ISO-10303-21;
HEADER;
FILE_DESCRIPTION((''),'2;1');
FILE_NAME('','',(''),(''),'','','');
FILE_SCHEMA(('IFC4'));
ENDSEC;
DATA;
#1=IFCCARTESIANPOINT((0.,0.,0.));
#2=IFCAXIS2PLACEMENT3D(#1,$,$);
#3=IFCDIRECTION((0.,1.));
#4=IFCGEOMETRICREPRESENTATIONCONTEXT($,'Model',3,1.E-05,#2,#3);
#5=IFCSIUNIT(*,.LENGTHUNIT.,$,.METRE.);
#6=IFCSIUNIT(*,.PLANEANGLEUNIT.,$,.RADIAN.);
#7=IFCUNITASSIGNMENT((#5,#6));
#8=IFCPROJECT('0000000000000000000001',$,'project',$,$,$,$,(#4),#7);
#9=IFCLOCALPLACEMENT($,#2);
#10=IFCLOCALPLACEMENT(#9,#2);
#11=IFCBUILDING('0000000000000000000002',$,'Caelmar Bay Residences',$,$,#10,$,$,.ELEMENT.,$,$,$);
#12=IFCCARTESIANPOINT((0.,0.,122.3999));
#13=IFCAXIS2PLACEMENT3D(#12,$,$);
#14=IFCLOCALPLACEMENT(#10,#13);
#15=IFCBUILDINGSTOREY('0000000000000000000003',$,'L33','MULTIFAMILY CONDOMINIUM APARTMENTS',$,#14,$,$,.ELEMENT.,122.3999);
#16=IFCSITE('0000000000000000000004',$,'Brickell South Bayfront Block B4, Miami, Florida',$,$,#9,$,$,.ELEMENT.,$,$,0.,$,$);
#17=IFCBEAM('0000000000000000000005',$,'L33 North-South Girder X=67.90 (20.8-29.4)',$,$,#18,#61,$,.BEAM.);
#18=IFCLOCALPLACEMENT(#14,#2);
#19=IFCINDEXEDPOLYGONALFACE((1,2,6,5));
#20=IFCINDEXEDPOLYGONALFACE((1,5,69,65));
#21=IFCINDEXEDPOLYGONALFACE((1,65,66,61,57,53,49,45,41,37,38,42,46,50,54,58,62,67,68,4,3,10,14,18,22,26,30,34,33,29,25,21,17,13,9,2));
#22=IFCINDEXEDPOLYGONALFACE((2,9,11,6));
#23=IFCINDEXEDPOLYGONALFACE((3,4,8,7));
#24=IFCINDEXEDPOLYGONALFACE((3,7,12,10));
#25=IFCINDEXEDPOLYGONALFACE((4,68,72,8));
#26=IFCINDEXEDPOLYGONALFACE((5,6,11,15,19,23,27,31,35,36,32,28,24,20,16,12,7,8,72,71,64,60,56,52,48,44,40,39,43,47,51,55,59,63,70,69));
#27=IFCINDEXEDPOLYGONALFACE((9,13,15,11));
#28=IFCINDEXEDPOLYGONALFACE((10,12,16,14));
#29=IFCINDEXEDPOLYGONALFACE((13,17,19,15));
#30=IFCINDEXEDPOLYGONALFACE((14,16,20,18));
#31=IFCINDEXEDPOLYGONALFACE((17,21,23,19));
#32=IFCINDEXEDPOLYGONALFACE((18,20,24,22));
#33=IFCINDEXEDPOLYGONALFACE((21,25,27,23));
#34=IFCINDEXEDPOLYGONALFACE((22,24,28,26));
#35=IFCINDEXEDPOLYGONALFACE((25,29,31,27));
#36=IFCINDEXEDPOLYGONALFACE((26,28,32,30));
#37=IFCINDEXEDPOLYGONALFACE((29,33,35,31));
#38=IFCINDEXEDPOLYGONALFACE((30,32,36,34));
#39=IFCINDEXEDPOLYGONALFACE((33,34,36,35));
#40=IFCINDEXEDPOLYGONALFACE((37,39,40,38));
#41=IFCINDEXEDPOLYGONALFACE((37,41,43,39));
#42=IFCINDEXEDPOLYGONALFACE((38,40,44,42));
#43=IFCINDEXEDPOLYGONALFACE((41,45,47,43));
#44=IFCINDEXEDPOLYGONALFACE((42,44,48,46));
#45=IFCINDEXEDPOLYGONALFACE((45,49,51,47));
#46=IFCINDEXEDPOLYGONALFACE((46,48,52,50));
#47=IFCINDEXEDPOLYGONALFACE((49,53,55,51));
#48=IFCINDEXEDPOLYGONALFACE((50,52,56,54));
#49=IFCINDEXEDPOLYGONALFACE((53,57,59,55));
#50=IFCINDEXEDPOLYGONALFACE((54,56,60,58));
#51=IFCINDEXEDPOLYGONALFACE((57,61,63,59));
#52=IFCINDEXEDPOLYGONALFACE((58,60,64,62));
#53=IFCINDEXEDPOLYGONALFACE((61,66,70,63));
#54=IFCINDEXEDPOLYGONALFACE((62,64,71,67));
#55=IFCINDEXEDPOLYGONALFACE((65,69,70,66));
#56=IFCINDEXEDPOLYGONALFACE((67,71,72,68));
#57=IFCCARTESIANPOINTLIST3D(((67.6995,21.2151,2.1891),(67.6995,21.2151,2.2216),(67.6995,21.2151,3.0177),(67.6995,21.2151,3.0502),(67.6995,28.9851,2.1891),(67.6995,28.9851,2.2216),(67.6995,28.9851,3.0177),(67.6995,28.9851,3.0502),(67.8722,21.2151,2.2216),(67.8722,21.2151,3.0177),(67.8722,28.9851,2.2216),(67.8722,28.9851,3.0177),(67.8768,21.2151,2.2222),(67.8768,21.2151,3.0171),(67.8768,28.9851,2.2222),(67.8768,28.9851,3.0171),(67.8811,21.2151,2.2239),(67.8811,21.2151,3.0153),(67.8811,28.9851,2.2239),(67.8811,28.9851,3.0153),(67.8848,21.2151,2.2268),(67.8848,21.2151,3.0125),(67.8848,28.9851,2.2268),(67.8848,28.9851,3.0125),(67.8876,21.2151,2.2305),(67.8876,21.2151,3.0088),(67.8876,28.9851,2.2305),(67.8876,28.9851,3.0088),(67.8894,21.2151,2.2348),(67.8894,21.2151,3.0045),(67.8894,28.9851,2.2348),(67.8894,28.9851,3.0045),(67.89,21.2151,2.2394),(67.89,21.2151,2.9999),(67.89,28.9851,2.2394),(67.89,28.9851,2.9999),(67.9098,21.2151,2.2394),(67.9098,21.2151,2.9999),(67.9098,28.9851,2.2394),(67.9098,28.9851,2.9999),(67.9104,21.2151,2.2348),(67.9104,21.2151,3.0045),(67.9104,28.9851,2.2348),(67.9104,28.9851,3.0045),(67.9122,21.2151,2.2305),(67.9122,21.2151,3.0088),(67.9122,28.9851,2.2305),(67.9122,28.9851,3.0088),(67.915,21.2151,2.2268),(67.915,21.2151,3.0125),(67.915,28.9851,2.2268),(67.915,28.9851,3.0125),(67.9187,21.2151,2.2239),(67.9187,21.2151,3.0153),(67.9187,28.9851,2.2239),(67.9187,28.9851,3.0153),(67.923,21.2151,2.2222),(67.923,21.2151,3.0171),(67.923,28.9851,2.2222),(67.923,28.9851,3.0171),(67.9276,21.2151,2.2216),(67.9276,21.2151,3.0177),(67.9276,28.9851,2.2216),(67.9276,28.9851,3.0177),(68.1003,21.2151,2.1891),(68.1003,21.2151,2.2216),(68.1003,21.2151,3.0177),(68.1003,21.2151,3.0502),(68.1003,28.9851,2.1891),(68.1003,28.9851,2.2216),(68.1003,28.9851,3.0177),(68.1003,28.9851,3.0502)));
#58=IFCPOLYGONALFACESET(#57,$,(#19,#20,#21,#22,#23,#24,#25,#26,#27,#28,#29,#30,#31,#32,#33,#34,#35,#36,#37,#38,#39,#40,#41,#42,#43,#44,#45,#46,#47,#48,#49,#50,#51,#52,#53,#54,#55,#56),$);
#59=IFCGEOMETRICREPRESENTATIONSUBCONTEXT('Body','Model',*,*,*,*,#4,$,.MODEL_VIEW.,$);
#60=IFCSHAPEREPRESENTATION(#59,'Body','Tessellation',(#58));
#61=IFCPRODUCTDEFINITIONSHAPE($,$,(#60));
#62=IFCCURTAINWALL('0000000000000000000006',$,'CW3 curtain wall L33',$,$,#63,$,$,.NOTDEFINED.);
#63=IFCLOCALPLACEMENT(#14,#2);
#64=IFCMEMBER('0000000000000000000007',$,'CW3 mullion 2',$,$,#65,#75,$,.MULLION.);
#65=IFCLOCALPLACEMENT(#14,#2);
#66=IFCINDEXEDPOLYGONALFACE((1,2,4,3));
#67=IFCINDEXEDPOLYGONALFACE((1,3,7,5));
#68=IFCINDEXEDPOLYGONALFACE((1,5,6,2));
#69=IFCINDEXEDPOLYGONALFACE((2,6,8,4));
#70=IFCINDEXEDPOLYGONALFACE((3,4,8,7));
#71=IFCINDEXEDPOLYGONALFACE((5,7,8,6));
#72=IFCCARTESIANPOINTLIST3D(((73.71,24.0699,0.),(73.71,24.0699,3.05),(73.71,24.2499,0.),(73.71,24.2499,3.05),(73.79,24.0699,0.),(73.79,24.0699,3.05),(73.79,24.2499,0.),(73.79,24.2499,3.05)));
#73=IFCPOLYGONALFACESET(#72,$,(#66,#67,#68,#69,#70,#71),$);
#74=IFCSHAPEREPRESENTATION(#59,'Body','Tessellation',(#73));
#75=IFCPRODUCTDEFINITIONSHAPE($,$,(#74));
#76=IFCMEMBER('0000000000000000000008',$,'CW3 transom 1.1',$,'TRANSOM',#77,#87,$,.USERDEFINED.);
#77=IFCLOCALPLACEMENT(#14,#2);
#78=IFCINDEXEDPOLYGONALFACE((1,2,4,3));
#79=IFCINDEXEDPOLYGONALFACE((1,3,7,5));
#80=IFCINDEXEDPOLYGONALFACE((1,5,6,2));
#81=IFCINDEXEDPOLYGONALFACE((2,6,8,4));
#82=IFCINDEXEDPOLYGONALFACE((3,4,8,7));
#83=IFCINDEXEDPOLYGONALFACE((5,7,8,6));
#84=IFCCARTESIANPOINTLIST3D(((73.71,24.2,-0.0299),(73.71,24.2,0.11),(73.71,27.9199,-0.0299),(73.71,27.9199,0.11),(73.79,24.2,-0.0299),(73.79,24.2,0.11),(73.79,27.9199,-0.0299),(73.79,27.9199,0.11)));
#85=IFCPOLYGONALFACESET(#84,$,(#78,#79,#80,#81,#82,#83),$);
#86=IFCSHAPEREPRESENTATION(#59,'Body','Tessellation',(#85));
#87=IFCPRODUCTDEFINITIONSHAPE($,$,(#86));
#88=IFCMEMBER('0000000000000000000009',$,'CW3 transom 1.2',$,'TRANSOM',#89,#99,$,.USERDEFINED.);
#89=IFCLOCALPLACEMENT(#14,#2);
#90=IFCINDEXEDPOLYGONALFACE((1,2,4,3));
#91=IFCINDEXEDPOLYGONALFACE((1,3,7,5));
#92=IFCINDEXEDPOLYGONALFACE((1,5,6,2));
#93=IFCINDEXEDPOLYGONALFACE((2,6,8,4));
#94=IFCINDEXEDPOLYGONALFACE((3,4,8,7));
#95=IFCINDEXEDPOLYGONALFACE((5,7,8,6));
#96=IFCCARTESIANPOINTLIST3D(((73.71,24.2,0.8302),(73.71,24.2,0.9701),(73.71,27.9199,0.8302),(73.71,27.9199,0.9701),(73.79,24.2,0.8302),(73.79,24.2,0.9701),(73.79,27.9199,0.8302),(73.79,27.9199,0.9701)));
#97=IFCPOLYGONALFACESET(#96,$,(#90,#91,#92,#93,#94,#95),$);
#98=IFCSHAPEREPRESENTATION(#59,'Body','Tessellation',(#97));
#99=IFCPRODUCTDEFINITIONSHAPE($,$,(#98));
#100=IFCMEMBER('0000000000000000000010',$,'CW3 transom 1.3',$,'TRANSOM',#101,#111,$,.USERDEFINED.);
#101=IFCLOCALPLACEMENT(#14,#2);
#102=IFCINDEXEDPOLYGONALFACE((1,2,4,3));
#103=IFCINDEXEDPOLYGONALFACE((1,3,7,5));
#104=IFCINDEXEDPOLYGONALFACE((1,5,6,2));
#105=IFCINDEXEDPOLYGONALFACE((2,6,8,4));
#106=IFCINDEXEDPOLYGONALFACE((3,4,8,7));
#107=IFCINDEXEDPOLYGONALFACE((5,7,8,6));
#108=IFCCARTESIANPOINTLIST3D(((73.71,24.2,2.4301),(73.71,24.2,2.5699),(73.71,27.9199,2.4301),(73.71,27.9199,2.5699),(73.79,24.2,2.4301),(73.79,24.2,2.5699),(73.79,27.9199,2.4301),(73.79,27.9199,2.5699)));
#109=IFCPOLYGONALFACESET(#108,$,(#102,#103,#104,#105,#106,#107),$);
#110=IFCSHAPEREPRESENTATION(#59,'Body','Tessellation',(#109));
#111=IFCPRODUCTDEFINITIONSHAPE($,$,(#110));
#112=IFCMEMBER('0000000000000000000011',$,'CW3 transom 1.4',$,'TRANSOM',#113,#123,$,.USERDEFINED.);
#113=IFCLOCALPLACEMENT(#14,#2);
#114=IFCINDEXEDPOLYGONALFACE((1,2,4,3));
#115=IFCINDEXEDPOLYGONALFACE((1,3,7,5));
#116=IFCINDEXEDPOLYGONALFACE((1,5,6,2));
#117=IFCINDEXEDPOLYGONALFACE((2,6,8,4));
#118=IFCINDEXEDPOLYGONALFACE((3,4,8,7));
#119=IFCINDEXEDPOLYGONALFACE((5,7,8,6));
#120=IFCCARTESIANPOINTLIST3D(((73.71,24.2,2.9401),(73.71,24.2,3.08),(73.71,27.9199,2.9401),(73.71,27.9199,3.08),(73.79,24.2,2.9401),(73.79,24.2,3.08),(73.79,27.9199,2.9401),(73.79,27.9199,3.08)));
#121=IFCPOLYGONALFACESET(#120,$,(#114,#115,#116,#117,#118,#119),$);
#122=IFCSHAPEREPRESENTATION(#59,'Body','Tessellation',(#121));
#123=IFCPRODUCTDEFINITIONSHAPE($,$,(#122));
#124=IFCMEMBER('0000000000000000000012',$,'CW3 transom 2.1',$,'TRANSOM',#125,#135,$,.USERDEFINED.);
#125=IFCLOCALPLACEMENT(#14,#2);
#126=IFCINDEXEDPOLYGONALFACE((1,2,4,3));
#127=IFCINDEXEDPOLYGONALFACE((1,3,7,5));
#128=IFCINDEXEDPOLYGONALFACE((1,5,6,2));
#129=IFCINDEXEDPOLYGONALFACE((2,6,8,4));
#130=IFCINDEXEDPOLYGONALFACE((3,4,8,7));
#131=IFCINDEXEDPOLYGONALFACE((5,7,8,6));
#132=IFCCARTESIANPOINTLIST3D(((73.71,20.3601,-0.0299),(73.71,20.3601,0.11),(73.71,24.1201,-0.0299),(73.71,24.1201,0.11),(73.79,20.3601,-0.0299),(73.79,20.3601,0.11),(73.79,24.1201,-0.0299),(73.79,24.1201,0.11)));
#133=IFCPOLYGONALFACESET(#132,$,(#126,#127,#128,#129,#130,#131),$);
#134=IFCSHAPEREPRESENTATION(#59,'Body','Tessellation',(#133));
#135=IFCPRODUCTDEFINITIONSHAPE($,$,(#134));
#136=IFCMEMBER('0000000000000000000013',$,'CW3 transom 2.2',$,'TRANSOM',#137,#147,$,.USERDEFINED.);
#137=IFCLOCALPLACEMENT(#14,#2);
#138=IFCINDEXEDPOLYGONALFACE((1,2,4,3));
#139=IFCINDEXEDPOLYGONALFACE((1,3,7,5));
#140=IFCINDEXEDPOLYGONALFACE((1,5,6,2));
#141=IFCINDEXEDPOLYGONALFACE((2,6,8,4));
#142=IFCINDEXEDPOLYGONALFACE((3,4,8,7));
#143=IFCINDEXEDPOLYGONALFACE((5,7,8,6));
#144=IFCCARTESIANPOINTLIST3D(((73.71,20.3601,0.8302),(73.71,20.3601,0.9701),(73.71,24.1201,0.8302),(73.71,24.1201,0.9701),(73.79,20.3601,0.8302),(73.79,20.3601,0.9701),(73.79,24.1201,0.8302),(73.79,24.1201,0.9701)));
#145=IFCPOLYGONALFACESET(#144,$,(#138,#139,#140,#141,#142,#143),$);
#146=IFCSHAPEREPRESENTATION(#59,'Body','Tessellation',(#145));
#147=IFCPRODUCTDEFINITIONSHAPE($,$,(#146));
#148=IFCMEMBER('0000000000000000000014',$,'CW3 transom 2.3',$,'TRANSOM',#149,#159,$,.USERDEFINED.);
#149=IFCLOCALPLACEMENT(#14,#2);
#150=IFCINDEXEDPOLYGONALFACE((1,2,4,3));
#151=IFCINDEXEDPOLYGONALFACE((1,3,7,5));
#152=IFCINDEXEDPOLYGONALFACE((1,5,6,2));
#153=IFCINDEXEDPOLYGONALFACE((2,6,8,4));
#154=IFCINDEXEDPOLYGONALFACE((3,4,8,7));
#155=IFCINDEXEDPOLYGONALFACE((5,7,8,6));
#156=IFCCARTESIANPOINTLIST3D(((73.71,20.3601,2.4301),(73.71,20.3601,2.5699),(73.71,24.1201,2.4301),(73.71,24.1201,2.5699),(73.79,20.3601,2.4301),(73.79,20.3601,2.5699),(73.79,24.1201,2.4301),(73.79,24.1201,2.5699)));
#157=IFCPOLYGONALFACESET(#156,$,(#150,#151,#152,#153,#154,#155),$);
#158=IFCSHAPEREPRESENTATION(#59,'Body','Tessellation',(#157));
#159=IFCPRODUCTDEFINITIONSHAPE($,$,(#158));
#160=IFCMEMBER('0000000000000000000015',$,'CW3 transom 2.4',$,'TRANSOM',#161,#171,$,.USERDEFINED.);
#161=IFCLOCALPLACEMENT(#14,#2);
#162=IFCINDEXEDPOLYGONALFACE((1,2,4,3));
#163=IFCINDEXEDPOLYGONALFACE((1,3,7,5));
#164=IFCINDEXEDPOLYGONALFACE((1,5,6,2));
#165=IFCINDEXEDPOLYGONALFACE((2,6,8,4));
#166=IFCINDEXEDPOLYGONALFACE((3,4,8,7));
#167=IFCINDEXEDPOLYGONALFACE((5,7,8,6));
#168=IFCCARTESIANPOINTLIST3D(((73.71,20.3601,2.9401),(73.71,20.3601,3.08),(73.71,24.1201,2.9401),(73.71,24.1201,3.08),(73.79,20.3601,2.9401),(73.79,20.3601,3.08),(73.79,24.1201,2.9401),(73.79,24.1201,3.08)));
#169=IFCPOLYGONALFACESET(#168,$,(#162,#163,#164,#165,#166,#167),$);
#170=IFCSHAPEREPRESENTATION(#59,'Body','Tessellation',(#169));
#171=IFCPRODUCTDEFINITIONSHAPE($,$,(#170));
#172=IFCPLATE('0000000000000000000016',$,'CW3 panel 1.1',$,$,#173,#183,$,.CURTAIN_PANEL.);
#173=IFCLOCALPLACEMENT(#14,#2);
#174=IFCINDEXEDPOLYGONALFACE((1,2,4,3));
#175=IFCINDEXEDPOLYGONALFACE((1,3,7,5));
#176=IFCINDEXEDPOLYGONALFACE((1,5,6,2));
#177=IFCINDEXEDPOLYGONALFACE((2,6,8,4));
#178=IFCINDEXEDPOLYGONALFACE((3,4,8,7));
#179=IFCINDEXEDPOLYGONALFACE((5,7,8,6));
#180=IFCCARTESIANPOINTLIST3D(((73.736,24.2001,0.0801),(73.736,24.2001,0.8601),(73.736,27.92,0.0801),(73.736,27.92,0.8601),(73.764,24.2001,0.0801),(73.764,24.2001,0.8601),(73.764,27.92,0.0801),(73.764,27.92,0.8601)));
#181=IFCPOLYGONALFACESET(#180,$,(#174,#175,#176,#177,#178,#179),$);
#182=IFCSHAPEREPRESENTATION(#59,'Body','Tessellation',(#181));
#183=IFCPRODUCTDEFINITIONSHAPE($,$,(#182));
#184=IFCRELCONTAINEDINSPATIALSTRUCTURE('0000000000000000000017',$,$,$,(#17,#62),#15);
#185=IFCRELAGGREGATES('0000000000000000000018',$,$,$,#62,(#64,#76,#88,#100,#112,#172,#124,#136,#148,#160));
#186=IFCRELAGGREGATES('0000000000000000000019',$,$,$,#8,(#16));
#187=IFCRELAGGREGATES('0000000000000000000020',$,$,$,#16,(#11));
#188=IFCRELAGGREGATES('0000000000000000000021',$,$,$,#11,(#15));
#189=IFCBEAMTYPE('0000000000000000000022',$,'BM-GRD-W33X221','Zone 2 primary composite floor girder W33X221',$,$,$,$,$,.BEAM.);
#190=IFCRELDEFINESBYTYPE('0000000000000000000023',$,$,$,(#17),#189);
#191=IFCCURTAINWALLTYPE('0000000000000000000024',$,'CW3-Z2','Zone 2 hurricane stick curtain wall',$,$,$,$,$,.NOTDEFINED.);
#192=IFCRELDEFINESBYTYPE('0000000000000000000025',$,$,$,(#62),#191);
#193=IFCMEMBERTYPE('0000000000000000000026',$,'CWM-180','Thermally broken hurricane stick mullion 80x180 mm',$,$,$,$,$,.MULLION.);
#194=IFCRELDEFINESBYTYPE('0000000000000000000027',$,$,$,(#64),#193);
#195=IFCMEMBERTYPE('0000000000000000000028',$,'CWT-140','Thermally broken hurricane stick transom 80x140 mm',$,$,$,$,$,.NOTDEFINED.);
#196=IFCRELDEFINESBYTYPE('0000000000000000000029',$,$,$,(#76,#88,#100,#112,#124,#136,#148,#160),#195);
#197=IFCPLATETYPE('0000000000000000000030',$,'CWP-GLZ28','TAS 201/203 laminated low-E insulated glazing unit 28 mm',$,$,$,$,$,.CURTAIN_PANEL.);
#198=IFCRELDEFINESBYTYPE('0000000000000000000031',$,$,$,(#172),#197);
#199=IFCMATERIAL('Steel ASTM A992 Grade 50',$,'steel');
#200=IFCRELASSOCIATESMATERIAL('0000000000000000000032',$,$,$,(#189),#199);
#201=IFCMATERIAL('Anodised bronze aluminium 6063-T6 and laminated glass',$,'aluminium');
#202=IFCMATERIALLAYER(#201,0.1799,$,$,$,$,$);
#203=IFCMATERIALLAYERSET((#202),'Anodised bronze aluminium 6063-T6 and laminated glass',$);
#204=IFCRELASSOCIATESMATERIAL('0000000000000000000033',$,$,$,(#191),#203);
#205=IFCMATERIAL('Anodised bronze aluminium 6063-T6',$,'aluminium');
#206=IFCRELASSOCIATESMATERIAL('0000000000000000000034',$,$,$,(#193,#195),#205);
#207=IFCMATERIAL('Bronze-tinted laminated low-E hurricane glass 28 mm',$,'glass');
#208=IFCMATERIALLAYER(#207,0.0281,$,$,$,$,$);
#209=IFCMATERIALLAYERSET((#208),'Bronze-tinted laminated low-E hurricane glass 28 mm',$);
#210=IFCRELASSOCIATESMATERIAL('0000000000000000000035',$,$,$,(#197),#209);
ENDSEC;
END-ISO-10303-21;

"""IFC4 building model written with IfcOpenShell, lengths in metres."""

from ifc_helpers import new_model, si_unit, direction, frame, origin, origin_2d, place, context, subcontext, project, spatial, rectangle, i_section, extrude, material, layer, layer_set, material_profile, profile_set, type_object, element, aggregate, save


model = new_model("IFC4")

# Units and contexts
model_context = context("Model", 3, precision=1e-05, world=origin(), true_north=direction((0.0, 1.0)))
body_context = subcontext(model_context, "Body", "Model", "MODEL_VIEW")
ifc_project = project(units=[si_unit("LENGTHUNIT", "METRE"), si_unit("PLANEANGLEUNIT", "RADIAN")], contexts=[model_context])

# Site, building, storey
site_placement = place(None, origin())
site = spatial("IfcSite", under=ifc_project, at=site_placement, Name="Brickell South Bayfront Block B4, Miami, Florida", CompositionType="ELEMENT", RefElevation=0.0)
building_placement = place(site_placement, origin())
building = spatial("IfcBuilding", under=site, at=building_placement, Name="Caelmar Bay Residences", CompositionType="ELEMENT")
storey_placement = place(building_placement, frame((0.0, 0.0, 122.3999)))
storey = spatial("IfcBuildingStorey", under=building, at=storey_placement, Name="L33", Description="MULTIFAMILY CONDOMINIUM APARTMENTS", CompositionType="ELEMENT", Elevation=122.3999)

# Beam
ifc_material_1 = material(Name="Steel ASTM A992 Grade 50", Category="steel")
ifc_material_profile_1 = material_profile(ifc_material_1, i_section(OverallWidth=0.4009, OverallDepth=0.8611, WebThickness=0.0198, FlangeThickness=0.0325, FilletRadius=0.0178, at=origin_2d()), Name="W33X221")
ifc_profile_set_1 = profile_set([ifc_material_profile_1], Name="Steel ASTM A992 Grade 50")
beam_type = type_object("IfcBeamType", Name="BM-GRD-W33X221", Description="Zone 2 primary composite floor girder W33X221", PredefinedType="BEAM", material=ifc_profile_set_1)
beam_placement = place(storey_placement, frame((67.8999, 21.2151, 2.6196), z_axis=(0.0, 1.0, 0.0), x_axis=(-1.0, 0.0, 0.0)))
element("IfcBeam", 1, at=beam_placement, inside=storey, type_object=beam_type, Name="L33 North-South Girder X=67.90 (20.8-29.4)", PredefinedType="BEAM", context=body_context, shape_type="SweptSolid", body=[
    extrude(i_section(OverallWidth=0.4009, OverallDepth=0.8611, WebThickness=0.0198, FlangeThickness=0.0325, FilletRadius=0.0178, at=origin_2d()), origin(), (0.0, 0.0, 1.0), 7.77),
])

# Curtain wall, members, plate
ifc_material_2 = material(Name="Anodised bronze aluminium 6063-T6 and laminated glass", Category="aluminium")
ifc_layer_1 = layer(ifc_material_2, 0.1799)
ifc_layer_set_1 = layer_set([ifc_layer_1], Name="Anodised bronze aluminium 6063-T6 and laminated glass")
curtain_wall_type = type_object("IfcCurtainWallType", Name="CW3-Z2", Description="Zone 2 hurricane stick curtain wall", PredefinedType="NOTDEFINED", material=ifc_layer_set_1)
curtain_wall_placement = place(storey_placement, origin())
curtain_wall = element("IfcCurtainWall", 2, at=curtain_wall_placement, inside=storey, type_object=curtain_wall_type, Name="CW3 curtain wall L33", PredefinedType="NOTDEFINED")
ifc_material_3 = material(Name="Anodised bronze aluminium 6063-T6", Category="aluminium")
ifc_material_profile_2 = material_profile(ifc_material_3, rectangle(XDim=0.0801, YDim=0.1799, at=origin_2d()), Name="CWM-80X180")
ifc_profile_set_2 = profile_set([ifc_material_profile_2], Name="Anodised bronze aluminium 6063-T6")
member_type_1 = type_object("IfcMemberType", Name="CWM-180", Description="Thermally broken hurricane stick mullion 80x180 mm", PredefinedType="MULLION", material=ifc_profile_set_2)
member_1_placement = place(storey_placement, frame((73.75, 24.1599, 0.0), z_axis=(0.0, 0.0, 1.0), x_axis=(1.0, 0.0, 0.0)))
member_1 = element("IfcMember", 3, at=member_1_placement, type_object=member_type_1, Name="CW3 mullion 2", PredefinedType="MULLION", context=body_context, shape_type="SweptSolid", body=[
    extrude(rectangle(XDim=0.0801, YDim=0.1799, at=origin_2d()), origin(), (0.0, 0.0, 1.0), 3.05),
])
ifc_material_profile_3 = material_profile(ifc_material_3, rectangle(XDim=0.0801, YDim=0.1399, at=origin_2d()), Name="CWT-80X140")
ifc_profile_set_3 = profile_set([ifc_material_profile_3], Name="Anodised bronze aluminium 6063-T6")
member_type_2 = type_object("IfcMemberType", Name="CWT-140", Description="Thermally broken hurricane stick transom 80x140 mm", PredefinedType="NOTDEFINED", material=ifc_profile_set_3)
member_2_placement = place(storey_placement, frame((73.75, 27.9199, 0.04), z_axis=(0.0, -1.0, 0.0), x_axis=(1.0, 0.0, 0.0)))
member_2 = element("IfcMember", 4, at=member_2_placement, type_object=member_type_2, Name="CW3 transom 1.1", ObjectType="TRANSOM", PredefinedType="USERDEFINED", context=body_context, shape_type="SweptSolid", body=[
    extrude(rectangle(XDim=0.0801, YDim=0.1399, at=origin_2d()), origin(), (0.0, 0.0, 1.0), 3.72),
])
member_3_placement = place(storey_placement, frame((73.75, 27.9199, 0.9001), z_axis=(0.0, -1.0, 0.0), x_axis=(1.0, 0.0, 0.0)))
member_3 = element("IfcMember", 5, at=member_3_placement, type_object=member_type_2, Name="CW3 transom 1.2", ObjectType="TRANSOM", PredefinedType="USERDEFINED", context=body_context, shape_type="SweptSolid", body=[
    extrude(rectangle(XDim=0.0801, YDim=0.1399, at=origin_2d()), origin(), (0.0, 0.0, 1.0), 3.72),
])
member_4_placement = place(storey_placement, frame((73.75, 27.9199, 2.5), z_axis=(0.0, -1.0, 0.0), x_axis=(1.0, 0.0, 0.0)))
member_4 = element("IfcMember", 6, at=member_4_placement, type_object=member_type_2, Name="CW3 transom 1.3", ObjectType="TRANSOM", PredefinedType="USERDEFINED", context=body_context, shape_type="SweptSolid", body=[
    extrude(rectangle(XDim=0.0801, YDim=0.1399, at=origin_2d()), origin(), (0.0, 0.0, 1.0), 3.72),
])
member_5_placement = place(storey_placement, frame((73.75, 27.9199, 3.01), z_axis=(0.0, -1.0, 0.0), x_axis=(1.0, 0.0, 0.0)))
member_5 = element("IfcMember", 7, at=member_5_placement, type_object=member_type_2, Name="CW3 transom 1.4", ObjectType="TRANSOM", PredefinedType="USERDEFINED", context=body_context, shape_type="SweptSolid", body=[
    extrude(rectangle(XDim=0.0801, YDim=0.1399, at=origin_2d()), origin(), (0.0, 0.0, 1.0), 3.72),
])
member_6_placement = place(storey_placement, frame((73.75, 24.1201, 0.04), z_axis=(0.0, -1.0, 0.0), x_axis=(1.0, 0.0, 0.0)))
member_6 = element("IfcMember", 8, at=member_6_placement, type_object=member_type_2, Name="CW3 transom 2.1", ObjectType="TRANSOM", PredefinedType="USERDEFINED", context=body_context, shape_type="SweptSolid", body=[
    extrude(rectangle(XDim=0.0801, YDim=0.1399, at=origin_2d()), origin(), (0.0, 0.0, 1.0), 3.76),
])
member_7_placement = place(storey_placement, frame((73.75, 24.1201, 0.9001), z_axis=(0.0, -1.0, 0.0), x_axis=(1.0, 0.0, 0.0)))
member_7 = element("IfcMember", 9, at=member_7_placement, type_object=member_type_2, Name="CW3 transom 2.2", ObjectType="TRANSOM", PredefinedType="USERDEFINED", context=body_context, shape_type="SweptSolid", body=[
    extrude(rectangle(XDim=0.0801, YDim=0.1399, at=origin_2d()), origin(), (0.0, 0.0, 1.0), 3.76),
])
member_8_placement = place(storey_placement, frame((73.75, 24.1201, 2.5), z_axis=(0.0, -1.0, 0.0), x_axis=(1.0, 0.0, 0.0)))
member_8 = element("IfcMember", 10, at=member_8_placement, type_object=member_type_2, Name="CW3 transom 2.3", ObjectType="TRANSOM", PredefinedType="USERDEFINED", context=body_context, shape_type="SweptSolid", body=[
    extrude(rectangle(XDim=0.0801, YDim=0.1399, at=origin_2d()), origin(), (0.0, 0.0, 1.0), 3.76),
])
member_9_placement = place(storey_placement, frame((73.75, 24.1201, 3.01), z_axis=(0.0, -1.0, 0.0), x_axis=(1.0, 0.0, 0.0)))
member_9 = element("IfcMember", 11, at=member_9_placement, type_object=member_type_2, Name="CW3 transom 2.4", ObjectType="TRANSOM", PredefinedType="USERDEFINED", context=body_context, shape_type="SweptSolid", body=[
    extrude(rectangle(XDim=0.0801, YDim=0.1399, at=origin_2d()), origin(), (0.0, 0.0, 1.0), 3.76),
])
ifc_material_4 = material(Name="Bronze-tinted laminated low-E hurricane glass 28 mm", Category="glass")
ifc_layer_2 = layer(ifc_material_4, 0.0281)
ifc_layer_set_2 = layer_set([ifc_layer_2], Name="Bronze-tinted laminated low-E hurricane glass 28 mm")
plate_type = type_object("IfcPlateType", Name="CWP-GLZ28", Description="TAS 201/203 laminated low-E insulated glazing unit 28 mm", PredefinedType="CURTAIN_PANEL", material=ifc_layer_set_2)
plate_1_placement = place(storey_placement, frame((73.75, 26.0601, 0.0801), z_axis=(0.0, 0.0, 1.0), x_axis=(0.0, -1.0, 0.0)))
plate_1 = element("IfcPlate", 12, at=plate_1_placement, type_object=plate_type, Name="CW3 panel 1.1", PredefinedType="CURTAIN_PANEL", context=body_context, shape_type="SweptSolid", body=[
    extrude(rectangle(XDim=3.72, YDim=0.0281, at=origin_2d()), origin(), (0.0, 0.0, 1.0), 0.78),
])
aggregate(curtain_wall, [member_1, member_2, member_3, member_4, member_5, plate_1, member_6, member_7, member_8, member_9])

save(model, "model.ifc")
